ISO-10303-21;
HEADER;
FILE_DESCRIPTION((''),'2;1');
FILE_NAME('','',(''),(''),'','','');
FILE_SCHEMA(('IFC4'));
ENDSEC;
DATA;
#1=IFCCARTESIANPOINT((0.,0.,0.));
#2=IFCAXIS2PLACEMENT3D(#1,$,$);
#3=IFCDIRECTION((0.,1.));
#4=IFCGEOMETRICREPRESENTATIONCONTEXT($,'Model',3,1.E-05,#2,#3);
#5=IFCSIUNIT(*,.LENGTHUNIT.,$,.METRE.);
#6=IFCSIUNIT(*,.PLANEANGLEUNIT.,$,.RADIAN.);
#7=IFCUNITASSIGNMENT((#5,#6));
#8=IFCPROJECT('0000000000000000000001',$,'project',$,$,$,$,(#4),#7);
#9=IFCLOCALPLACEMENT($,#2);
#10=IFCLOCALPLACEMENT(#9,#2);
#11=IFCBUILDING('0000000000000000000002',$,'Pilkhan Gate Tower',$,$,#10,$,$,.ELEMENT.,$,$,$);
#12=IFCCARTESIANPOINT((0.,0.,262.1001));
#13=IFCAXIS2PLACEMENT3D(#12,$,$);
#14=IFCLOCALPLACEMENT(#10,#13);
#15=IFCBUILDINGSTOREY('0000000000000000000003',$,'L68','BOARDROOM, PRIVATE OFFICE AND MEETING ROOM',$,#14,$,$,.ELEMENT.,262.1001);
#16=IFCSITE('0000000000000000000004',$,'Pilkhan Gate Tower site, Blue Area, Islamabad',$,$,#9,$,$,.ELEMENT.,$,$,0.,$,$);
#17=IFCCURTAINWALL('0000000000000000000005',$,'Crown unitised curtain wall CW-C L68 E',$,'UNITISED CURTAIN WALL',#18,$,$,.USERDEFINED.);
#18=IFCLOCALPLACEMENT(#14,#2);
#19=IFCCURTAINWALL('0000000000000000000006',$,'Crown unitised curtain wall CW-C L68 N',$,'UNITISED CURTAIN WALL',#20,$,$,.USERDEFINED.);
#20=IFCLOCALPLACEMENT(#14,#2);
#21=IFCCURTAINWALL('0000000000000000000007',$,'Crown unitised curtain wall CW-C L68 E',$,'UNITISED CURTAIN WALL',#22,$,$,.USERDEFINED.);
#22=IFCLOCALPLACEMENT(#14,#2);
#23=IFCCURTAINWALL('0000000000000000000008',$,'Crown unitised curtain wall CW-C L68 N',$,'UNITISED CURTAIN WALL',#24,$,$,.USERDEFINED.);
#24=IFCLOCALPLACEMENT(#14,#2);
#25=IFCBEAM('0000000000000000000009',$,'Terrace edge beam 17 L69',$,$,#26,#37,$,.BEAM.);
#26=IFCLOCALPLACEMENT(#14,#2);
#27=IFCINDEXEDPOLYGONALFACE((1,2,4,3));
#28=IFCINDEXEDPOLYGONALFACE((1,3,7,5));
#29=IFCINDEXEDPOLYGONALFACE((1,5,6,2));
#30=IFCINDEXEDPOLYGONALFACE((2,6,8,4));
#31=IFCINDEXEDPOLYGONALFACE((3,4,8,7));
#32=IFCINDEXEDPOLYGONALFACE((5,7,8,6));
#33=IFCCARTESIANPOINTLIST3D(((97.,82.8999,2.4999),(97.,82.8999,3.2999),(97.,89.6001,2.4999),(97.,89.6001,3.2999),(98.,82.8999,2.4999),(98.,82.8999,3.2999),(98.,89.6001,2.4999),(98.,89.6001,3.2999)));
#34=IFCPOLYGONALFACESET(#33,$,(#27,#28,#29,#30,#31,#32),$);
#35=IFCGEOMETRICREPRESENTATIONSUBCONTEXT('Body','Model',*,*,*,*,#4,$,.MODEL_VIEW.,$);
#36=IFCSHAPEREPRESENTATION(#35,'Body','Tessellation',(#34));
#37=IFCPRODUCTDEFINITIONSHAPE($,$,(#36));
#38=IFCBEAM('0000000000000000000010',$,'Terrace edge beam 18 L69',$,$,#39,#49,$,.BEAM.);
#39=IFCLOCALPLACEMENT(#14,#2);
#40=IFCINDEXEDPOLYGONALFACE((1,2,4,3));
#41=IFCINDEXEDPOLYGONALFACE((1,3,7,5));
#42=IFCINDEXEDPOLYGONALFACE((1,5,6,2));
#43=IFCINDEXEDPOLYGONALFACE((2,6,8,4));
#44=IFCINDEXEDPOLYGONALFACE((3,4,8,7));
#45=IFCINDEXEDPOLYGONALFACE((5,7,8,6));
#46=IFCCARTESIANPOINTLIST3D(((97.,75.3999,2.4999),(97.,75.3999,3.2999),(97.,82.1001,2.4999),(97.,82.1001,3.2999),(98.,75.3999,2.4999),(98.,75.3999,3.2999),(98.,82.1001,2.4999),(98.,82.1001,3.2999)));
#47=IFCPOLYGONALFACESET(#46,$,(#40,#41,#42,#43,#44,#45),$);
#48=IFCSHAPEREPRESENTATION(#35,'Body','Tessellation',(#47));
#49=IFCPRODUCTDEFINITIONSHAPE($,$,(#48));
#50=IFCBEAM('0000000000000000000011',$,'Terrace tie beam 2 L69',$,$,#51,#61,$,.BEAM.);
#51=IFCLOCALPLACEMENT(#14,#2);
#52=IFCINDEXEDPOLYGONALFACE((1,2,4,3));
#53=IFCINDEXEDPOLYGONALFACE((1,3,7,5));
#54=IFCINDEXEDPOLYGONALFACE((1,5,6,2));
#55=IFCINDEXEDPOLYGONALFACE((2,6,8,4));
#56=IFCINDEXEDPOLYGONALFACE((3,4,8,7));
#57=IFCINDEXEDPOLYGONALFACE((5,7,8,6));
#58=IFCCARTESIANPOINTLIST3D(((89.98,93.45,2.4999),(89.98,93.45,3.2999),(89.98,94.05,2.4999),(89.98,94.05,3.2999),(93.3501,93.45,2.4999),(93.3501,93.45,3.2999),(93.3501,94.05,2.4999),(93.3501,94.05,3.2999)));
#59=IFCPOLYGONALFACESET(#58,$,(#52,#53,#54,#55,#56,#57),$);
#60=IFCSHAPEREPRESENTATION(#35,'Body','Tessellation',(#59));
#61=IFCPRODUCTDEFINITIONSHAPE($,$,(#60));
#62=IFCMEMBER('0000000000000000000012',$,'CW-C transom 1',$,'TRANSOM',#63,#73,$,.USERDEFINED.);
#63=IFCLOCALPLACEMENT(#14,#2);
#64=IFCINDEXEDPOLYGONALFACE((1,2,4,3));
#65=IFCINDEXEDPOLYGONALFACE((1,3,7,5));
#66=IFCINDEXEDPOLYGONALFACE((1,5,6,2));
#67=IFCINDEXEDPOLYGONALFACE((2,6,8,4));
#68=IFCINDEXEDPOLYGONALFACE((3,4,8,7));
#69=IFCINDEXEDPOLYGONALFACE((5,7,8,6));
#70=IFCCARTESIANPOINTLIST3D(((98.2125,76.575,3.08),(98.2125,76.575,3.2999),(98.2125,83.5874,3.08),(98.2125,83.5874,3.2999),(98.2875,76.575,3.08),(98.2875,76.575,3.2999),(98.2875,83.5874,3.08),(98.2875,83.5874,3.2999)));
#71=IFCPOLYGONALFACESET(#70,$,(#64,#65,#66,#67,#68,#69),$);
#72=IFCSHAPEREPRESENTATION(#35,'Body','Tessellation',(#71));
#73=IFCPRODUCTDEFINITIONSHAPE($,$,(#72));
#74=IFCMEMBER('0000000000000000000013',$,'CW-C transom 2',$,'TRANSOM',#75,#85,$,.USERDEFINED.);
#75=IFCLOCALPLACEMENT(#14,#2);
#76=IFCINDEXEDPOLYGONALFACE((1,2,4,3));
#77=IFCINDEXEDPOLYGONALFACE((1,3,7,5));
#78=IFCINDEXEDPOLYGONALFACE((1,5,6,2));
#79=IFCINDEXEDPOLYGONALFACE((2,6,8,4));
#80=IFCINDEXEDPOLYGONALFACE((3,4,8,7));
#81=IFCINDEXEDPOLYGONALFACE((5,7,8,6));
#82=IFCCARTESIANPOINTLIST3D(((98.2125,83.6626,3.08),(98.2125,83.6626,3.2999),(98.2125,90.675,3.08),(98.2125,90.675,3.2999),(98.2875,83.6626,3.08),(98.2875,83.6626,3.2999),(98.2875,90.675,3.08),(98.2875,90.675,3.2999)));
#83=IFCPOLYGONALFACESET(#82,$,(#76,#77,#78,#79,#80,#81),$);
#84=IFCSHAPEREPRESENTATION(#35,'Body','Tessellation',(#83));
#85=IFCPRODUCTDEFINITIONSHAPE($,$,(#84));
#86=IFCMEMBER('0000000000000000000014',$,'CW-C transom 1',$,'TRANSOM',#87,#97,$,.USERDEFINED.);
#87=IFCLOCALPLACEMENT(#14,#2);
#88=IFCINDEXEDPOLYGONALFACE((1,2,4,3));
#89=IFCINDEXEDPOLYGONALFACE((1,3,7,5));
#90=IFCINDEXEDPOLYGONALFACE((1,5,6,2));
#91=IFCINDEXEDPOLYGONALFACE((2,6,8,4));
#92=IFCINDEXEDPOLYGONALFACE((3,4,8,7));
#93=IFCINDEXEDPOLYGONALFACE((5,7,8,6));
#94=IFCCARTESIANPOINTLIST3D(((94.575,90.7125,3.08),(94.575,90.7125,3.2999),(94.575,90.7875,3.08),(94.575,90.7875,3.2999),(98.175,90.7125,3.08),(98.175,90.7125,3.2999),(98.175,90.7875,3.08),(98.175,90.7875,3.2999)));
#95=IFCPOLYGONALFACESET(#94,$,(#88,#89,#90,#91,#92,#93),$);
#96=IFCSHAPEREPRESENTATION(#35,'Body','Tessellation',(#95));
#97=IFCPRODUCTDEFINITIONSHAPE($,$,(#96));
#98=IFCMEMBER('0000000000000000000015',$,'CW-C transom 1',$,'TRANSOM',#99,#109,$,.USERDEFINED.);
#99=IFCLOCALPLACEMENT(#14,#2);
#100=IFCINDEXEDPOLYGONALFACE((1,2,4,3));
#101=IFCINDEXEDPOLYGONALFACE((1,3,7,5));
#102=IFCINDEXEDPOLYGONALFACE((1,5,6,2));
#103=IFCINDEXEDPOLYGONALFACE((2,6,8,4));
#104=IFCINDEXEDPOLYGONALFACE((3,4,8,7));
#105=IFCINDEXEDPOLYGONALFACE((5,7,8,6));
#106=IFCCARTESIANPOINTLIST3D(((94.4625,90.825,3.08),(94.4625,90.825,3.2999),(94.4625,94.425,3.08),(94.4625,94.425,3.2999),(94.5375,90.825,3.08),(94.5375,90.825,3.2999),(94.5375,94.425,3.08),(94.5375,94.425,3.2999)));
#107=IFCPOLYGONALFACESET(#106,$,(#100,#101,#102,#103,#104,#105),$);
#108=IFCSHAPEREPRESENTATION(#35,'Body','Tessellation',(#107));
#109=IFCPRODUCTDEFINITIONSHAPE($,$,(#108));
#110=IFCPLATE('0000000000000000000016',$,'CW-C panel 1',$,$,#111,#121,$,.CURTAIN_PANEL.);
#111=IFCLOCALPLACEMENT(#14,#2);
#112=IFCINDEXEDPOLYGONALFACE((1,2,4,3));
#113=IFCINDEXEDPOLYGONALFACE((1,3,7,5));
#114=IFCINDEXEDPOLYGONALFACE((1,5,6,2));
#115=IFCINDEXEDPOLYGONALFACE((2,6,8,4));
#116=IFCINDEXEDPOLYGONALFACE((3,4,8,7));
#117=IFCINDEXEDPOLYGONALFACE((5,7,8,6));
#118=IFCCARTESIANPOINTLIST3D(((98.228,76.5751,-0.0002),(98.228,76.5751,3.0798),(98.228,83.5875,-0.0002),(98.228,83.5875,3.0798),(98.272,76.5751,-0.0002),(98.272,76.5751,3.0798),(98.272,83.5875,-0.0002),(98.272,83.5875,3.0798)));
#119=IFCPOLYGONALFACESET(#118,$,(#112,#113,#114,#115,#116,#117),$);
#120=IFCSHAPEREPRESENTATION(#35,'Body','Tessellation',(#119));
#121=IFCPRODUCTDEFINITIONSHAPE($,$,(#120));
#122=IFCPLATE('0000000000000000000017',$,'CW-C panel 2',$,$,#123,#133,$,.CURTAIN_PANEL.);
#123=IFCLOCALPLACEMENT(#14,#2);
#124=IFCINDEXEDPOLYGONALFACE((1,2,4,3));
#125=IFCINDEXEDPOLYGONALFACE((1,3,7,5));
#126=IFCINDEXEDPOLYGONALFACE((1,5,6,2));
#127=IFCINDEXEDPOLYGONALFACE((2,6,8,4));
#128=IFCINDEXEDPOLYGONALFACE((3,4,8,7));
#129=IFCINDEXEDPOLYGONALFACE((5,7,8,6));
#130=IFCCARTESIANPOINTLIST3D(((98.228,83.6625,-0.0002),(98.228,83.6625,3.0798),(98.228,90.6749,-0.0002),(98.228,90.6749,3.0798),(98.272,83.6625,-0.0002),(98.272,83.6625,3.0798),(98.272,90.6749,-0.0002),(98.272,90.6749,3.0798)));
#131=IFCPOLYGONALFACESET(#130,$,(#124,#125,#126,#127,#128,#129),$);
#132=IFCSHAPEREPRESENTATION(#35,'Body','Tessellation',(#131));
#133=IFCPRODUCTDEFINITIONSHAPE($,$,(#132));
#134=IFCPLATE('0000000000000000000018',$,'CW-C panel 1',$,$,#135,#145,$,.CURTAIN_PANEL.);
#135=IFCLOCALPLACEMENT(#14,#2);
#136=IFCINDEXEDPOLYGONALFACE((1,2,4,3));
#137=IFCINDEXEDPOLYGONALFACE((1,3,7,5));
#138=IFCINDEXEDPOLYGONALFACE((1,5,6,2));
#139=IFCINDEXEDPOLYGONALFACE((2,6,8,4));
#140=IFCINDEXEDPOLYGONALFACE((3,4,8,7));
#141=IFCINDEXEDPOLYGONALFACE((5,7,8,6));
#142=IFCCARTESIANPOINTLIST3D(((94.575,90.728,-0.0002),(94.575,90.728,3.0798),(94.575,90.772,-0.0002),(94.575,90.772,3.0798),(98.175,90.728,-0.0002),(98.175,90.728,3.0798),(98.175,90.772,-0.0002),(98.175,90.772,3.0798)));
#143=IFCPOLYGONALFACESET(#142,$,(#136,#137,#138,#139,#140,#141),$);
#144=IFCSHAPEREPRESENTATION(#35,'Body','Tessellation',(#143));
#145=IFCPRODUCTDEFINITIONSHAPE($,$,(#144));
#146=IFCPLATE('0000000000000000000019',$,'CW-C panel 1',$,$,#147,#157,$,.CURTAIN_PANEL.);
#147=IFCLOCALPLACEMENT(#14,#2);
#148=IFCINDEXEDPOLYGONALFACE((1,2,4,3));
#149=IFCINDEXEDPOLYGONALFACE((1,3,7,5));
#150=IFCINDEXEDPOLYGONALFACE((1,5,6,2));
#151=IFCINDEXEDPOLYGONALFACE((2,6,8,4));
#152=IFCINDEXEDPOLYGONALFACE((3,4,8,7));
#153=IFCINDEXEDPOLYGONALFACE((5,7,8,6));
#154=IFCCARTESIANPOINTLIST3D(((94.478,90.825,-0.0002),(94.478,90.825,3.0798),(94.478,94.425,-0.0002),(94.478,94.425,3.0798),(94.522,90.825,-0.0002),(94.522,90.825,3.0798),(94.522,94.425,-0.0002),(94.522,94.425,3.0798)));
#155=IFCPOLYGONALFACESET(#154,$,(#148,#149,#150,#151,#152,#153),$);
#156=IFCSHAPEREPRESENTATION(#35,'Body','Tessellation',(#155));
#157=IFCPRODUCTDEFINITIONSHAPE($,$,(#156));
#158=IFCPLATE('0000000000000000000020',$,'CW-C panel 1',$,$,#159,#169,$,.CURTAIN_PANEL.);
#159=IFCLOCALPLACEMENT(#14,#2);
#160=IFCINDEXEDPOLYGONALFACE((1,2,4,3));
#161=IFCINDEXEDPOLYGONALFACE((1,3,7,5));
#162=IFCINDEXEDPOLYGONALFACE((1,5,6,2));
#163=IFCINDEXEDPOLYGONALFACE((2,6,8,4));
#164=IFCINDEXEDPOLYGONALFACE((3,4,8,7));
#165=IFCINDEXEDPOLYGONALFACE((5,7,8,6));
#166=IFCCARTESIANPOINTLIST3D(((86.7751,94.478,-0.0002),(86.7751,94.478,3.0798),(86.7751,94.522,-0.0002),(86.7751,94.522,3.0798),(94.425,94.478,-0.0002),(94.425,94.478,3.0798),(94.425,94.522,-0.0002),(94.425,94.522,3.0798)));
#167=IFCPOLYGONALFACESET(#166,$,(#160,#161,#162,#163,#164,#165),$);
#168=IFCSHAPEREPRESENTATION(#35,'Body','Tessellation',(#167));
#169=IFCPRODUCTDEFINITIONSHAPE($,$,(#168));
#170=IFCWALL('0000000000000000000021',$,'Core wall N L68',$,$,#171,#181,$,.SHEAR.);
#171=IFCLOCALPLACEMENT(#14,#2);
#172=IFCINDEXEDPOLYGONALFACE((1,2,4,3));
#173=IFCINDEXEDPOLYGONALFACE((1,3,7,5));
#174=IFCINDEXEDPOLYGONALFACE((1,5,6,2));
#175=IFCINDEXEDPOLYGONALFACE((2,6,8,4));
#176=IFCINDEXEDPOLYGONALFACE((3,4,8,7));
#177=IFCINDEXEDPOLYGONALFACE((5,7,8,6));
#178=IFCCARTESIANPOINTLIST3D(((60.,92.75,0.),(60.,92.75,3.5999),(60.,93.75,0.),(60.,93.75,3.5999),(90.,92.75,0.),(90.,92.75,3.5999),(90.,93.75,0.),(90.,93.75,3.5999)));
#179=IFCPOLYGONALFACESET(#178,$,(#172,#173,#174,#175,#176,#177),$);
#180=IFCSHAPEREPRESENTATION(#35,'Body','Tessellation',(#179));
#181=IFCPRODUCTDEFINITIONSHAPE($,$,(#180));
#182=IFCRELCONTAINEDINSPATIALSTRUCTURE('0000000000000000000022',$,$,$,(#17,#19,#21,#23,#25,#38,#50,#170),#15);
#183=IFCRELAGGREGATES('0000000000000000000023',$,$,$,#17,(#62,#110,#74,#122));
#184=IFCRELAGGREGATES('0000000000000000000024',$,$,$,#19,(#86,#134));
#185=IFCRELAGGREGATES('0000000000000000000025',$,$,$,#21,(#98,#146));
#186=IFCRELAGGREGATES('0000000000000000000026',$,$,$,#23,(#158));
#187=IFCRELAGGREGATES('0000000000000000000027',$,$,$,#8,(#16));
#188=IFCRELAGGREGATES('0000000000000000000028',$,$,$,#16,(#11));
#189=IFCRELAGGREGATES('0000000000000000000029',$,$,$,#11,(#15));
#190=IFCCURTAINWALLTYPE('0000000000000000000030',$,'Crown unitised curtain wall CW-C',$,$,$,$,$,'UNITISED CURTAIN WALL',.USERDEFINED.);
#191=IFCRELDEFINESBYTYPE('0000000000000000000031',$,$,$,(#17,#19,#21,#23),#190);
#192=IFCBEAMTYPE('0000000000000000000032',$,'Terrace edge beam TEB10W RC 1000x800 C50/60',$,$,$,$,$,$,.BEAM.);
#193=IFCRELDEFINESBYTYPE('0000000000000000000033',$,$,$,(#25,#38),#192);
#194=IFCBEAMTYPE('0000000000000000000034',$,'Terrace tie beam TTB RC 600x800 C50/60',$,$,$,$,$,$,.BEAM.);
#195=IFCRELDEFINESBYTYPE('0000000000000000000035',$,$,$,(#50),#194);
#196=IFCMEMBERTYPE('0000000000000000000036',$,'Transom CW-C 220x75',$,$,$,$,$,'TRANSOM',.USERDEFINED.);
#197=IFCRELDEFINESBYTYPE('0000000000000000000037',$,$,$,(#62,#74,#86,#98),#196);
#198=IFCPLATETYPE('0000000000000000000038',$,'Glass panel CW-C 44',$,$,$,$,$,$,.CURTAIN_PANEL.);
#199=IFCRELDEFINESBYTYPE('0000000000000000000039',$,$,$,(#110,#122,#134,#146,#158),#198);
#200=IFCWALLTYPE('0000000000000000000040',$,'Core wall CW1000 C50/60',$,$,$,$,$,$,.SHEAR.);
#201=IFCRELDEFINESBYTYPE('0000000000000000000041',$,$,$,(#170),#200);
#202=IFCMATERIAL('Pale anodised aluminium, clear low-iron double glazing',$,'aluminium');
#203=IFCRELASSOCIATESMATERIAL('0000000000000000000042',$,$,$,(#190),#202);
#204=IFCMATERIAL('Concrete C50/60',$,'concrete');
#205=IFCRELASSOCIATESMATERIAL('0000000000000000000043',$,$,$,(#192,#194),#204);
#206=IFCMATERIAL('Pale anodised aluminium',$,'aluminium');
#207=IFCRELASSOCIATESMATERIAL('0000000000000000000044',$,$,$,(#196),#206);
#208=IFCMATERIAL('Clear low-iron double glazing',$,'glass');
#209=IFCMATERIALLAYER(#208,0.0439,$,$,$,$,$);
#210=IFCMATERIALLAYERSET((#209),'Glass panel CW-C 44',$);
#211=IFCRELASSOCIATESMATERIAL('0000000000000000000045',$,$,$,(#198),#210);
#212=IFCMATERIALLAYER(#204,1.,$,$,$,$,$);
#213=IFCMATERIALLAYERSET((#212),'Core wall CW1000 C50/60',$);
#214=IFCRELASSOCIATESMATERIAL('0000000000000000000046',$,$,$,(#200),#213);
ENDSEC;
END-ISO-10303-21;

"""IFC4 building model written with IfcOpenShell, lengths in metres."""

from ifc_helpers import new_model, si_unit, direction, frame, frame_2d, origin, origin_2d, place, context, subcontext, project, spatial, rectangle, extrude, material, layer, layer_set, material_profile, profile_set, type_object, element, aggregate, save


model = new_model("IFC4")

# Units and contexts
model_context = context("Model", 3, precision=1e-05, world=origin(), true_north=direction((0.0, 1.0)))
body_context = subcontext(model_context, "Body", "Model", "MODEL_VIEW")
ifc_project = project(units=[si_unit("LENGTHUNIT", "METRE"), si_unit("PLANEANGLEUNIT", "RADIAN")], contexts=[model_context])

# Site, building, storey
site_placement = place(None, origin())
site = spatial("IfcSite", under=ifc_project, at=site_placement, Name="Pilkhan Gate Tower site, Blue Area, Islamabad", CompositionType="ELEMENT", RefElevation=0.0)
building_placement = place(site_placement, origin())
building = spatial("IfcBuilding", under=site, at=building_placement, Name="Pilkhan Gate Tower", CompositionType="ELEMENT")
storey_placement = place(building_placement, frame((0.0, 0.0, 262.1001)))
storey = spatial("IfcBuildingStorey", under=building, at=storey_placement, Name="L68", Description="BOARDROOM, PRIVATE OFFICE AND MEETING ROOM", CompositionType="ELEMENT", Elevation=262.1001)

# Shared definitions
ifc_material_1 = material(Name="Pale anodised aluminium, clear low-iron double glazing", Category="aluminium")
curtain_wall_type = type_object("IfcCurtainWallType", Name="Crown unitised curtain wall CW-C", ElementType="UNITISED CURTAIN WALL", PredefinedType="USERDEFINED", material=ifc_material_1)
ifc_material_2 = material(Name="Pale anodised aluminium", Category="aluminium")

# Curtain walls
curtain_wall_1_placement = place(storey_placement, origin())
curtain_wall_1 = element("IfcCurtainWall", 1, at=curtain_wall_1_placement, inside=storey, type_object=curtain_wall_type, Name="Crown unitised curtain wall CW-C L68 E", ObjectType="UNITISED CURTAIN WALL", PredefinedType="USERDEFINED")
curtain_wall_2_placement = place(storey_placement, origin())
curtain_wall_2 = element("IfcCurtainWall", 2, at=curtain_wall_2_placement, inside=storey, type_object=curtain_wall_type, Name="Crown unitised curtain wall CW-C L68 N", ObjectType="UNITISED CURTAIN WALL", PredefinedType="USERDEFINED")
curtain_wall_3_placement = place(storey_placement, origin())
curtain_wall_3 = element("IfcCurtainWall", 3, at=curtain_wall_3_placement, inside=storey, type_object=curtain_wall_type, Name="Crown unitised curtain wall CW-C L68 E", ObjectType="UNITISED CURTAIN WALL", PredefinedType="USERDEFINED")

# Curtain wall
curtain_wall_4_placement = place(storey_placement, origin())
curtain_wall_4 = element("IfcCurtainWall", 4, at=curtain_wall_4_placement, inside=storey, type_object=curtain_wall_type, Name="Crown unitised curtain wall CW-C L68 N", ObjectType="UNITISED CURTAIN WALL", PredefinedType="USERDEFINED")

# Beams
ifc_material_3 = material(Name="Concrete C50/60", Category="concrete")
ifc_material_profile_1 = material_profile(ifc_material_3, rectangle(XDim=1.0, YDim=0.8, at=origin_2d()), Name="RC 1000x800")
ifc_profile_set_1 = profile_set([ifc_material_profile_1], Name="Concrete C50/60")
beam_type_1 = type_object("IfcBeamType", Name="Terrace edge beam TEB10W RC 1000x800 C50/60", PredefinedType="BEAM", material=ifc_profile_set_1)
for number, where, z_axis, x_axis, name in (
    (5, (97.5, 89.6001, 2.8999), (0.0, -1.0, 0.0), (1.0, 0.0, 0.0), "Terrace edge beam 17 L69"),
    (6, (97.5, 82.1001, 2.8999), (0.0, -1.0, 0.0), (1.0, 0.0, 0.0), "Terrace edge beam 18 L69"),
):
    element("IfcBeam", number, at=place(storey_placement, frame(where, z_axis=z_axis, x_axis=x_axis)), inside=storey, type_object=beam_type_1, Name=name, PredefinedType="BEAM", context=body_context, shape_type="SweptSolid", body=[
        extrude(rectangle(XDim=1.0, YDim=0.8, at=origin_2d()), origin(), (0.0, 0.0, 1.0), 6.7002),
    ])
ifc_material_profile_2 = material_profile(ifc_material_3, rectangle(XDim=0.6001, YDim=0.8, at=origin_2d()), Name="RC 600x800")
ifc_profile_set_2 = profile_set([ifc_material_profile_2], Name="Concrete C50/60")
beam_type_2 = type_object("IfcBeamType", Name="Terrace tie beam TTB RC 600x800 C50/60", PredefinedType="BEAM", material=ifc_profile_set_2)
beam_placement = place(storey_placement, frame((93.3501, 93.75, 2.8999), z_axis=(-1.0, 0.0, 0.0), x_axis=(0.0, -1.0, 0.0)))
element("IfcBeam", 7, at=beam_placement, inside=storey, type_object=beam_type_2, Name="Terrace tie beam 2 L69", PredefinedType="BEAM", context=body_context, shape_type="SweptSolid", body=[
    extrude(rectangle(XDim=0.6001, YDim=0.8, at=origin_2d()), origin(), (0.0, 0.0, 1.0), 3.3701),
])

# Members
ifc_material_profile_3 = material_profile(ifc_material_2, rectangle(XDim=0.075, YDim=0.22, at=origin_2d()), Name="Transom 220x75")
ifc_profile_set_3 = profile_set([ifc_material_profile_3], Name="Pale anodised aluminium")
member_type_1 = type_object("IfcMemberType", Name="Transom CW-C 220x75", ElementType="TRANSOM", PredefinedType="USERDEFINED", material=ifc_profile_set_3)
member_1_placement = place(storey_placement, frame((98.25, 76.575, 3.1899), z_axis=(0.0, 1.0, 0.0), x_axis=(-1.0, 0.0, 0.0)))
member_1 = element("IfcMember", 8, at=member_1_placement, type_object=member_type_1, Name="CW-C transom 1", ObjectType="TRANSOM", PredefinedType="USERDEFINED", context=body_context, shape_type="SweptSolid", body=[
    extrude(rectangle(XDim=0.075, YDim=0.22, at=origin_2d()), origin(), (0.0, 0.0, 1.0), 7.0125),
])
member_2_placement = place(storey_placement, frame((98.25, 83.6626, 3.1899), z_axis=(0.0, 1.0, 0.0), x_axis=(-1.0, 0.0, 0.0)))
member_2 = element("IfcMember", 9, at=member_2_placement, type_object=member_type_1, Name="CW-C transom 2", ObjectType="TRANSOM", PredefinedType="USERDEFINED", context=body_context, shape_type="SweptSolid", body=[
    extrude(rectangle(XDim=0.075, YDim=0.22, at=origin_2d()), origin(), (0.0, 0.0, 1.0), 7.0125),
])
member_3_placement = place(storey_placement, frame((94.575, 90.75, 3.1899), z_axis=(1.0, 0.0, 0.0), x_axis=(0.0, 1.0, 0.0)))
member_3 = element("IfcMember", 10, at=member_3_placement, type_object=member_type_1, Name="CW-C transom 1", ObjectType="TRANSOM", PredefinedType="USERDEFINED", context=body_context, shape_type="SweptSolid", body=[
    extrude(rectangle(XDim=0.075, YDim=0.22, at=origin_2d()), origin(), (0.0, 0.0, 1.0), 3.6001),
])
member_4_placement = place(storey_placement, frame((94.5, 90.825, 3.1899), z_axis=(0.0, 1.0, 0.0), x_axis=(-1.0, 0.0, 0.0)))
member_4 = element("IfcMember", 11, at=member_4_placement, type_object=member_type_1, Name="CW-C transom 1", ObjectType="TRANSOM", PredefinedType="USERDEFINED", context=body_context, shape_type="SweptSolid", body=[
    extrude(rectangle(XDim=0.075, YDim=0.22, at=origin_2d()), origin(), (0.0, 0.0, 1.0), 3.6001),
])

# Plates
ifc_material_4 = material(Name="Clear low-iron double glazing", Category="glass")
ifc_layer_1 = layer(ifc_material_4, 0.0439)
ifc_layer_set_1 = layer_set([ifc_layer_1], Name="Glass panel CW-C 44")
plate_type = type_object("IfcPlateType", Name="Glass panel CW-C 44", PredefinedType="CURTAIN_PANEL", material=ifc_layer_set_1)
plate_1_placement = place(storey_placement, frame((98.25, 80.0813, -0.0002), z_axis=(0.0, 0.0, 1.0), x_axis=(0.0, 1.0, 0.0)))
plate_1 = element("IfcPlate", 12, at=plate_1_placement, type_object=plate_type, Name="CW-C panel 1", PredefinedType="CURTAIN_PANEL", context=body_context, shape_type="SweptSolid", body=[
    extrude(rectangle(XDim=7.0125, YDim=0.0439, at=origin_2d()), origin(), (0.0, 0.0, 1.0), 3.0801),
])
plate_2_placement = place(storey_placement, frame((98.25, 87.1687, -0.0002), z_axis=(0.0, 0.0, 1.0), x_axis=(0.0, 1.0, 0.0)))
plate_2 = element("IfcPlate", 13, at=plate_2_placement, type_object=plate_type, Name="CW-C panel 2", PredefinedType="CURTAIN_PANEL", context=body_context, shape_type="SweptSolid", body=[
    extrude(rectangle(XDim=7.0125, YDim=0.0439, at=origin_2d()), origin(), (0.0, 0.0, 1.0), 3.0801),
])
aggregate(curtain_wall_1, [member_1, plate_1, member_2, plate_2])
plate_3_placement = place(storey_placement, frame((96.375, 90.75, -0.0002), z_axis=(0.0, 0.0, 1.0), x_axis=(1.0, 0.0, 0.0)))
plate_3 = element("IfcPlate", 14, at=plate_3_placement, type_object=plate_type, Name="CW-C panel 1", PredefinedType="CURTAIN_PANEL", context=body_context, shape_type="SweptSolid", body=[
    extrude(rectangle(XDim=3.6001, YDim=0.0439, at=origin_2d()), origin(), (0.0, 0.0, 1.0), 3.0801),
])
aggregate(curtain_wall_2, [member_3, plate_3])
plate_4_placement = place(storey_placement, frame((94.5, 92.625, -0.0002), z_axis=(0.0, 0.0, 1.0), x_axis=(0.0, 1.0, 0.0)))
plate_4 = element("IfcPlate", 15, at=plate_4_placement, type_object=plate_type, Name="CW-C panel 1", PredefinedType="CURTAIN_PANEL", context=body_context, shape_type="SweptSolid", body=[
    extrude(rectangle(XDim=3.6001, YDim=0.0439, at=origin_2d()), origin(), (0.0, 0.0, 1.0), 3.0801),
])
aggregate(curtain_wall_3, [member_4, plate_4])
plate_5_placement = place(storey_placement, frame((90.6001, 94.5, -0.0002), z_axis=(0.0, 0.0, 1.0), x_axis=(1.0, 0.0, 0.0)))
plate_5 = element("IfcPlate", 16, at=plate_5_placement, type_object=plate_type, Name="CW-C panel 1", PredefinedType="CURTAIN_PANEL", context=body_context, shape_type="SweptSolid", body=[
    extrude(rectangle(XDim=7.6499, YDim=0.0439, at=origin_2d()), origin(), (0.0, 0.0, 1.0), 3.0801),
])
aggregate(curtain_wall_4, [plate_5])

# Wall
ifc_layer_2 = layer(ifc_material_3, 1.0)
ifc_layer_set_2 = layer_set([ifc_layer_2], Name="Core wall CW1000 C50/60")
wall_type_1 = type_object("IfcWallType", Name="Core wall CW1000 C50/60", PredefinedType="SHEAR", material=ifc_layer_set_2)
wall_1_placement = place(storey_placement, frame((90.0, 93.25, 0.0), z_axis=(0.0, 0.0, 1.0), x_axis=(-1.0, 0.0, 0.0)))
element("IfcWall", 17, at=wall_1_placement, inside=storey, type_object=wall_type_1, Name="Core wall N L68", PredefinedType="SHEAR", context=body_context, shape_type="SweptSolid", body=[
    extrude(rectangle(XDim=30.0, YDim=1.0, at=frame_2d((15.0, 0.0))), origin(), (0.0, 0.0, 1.0), 3.5999),
])

save(model, "model.ifc")
